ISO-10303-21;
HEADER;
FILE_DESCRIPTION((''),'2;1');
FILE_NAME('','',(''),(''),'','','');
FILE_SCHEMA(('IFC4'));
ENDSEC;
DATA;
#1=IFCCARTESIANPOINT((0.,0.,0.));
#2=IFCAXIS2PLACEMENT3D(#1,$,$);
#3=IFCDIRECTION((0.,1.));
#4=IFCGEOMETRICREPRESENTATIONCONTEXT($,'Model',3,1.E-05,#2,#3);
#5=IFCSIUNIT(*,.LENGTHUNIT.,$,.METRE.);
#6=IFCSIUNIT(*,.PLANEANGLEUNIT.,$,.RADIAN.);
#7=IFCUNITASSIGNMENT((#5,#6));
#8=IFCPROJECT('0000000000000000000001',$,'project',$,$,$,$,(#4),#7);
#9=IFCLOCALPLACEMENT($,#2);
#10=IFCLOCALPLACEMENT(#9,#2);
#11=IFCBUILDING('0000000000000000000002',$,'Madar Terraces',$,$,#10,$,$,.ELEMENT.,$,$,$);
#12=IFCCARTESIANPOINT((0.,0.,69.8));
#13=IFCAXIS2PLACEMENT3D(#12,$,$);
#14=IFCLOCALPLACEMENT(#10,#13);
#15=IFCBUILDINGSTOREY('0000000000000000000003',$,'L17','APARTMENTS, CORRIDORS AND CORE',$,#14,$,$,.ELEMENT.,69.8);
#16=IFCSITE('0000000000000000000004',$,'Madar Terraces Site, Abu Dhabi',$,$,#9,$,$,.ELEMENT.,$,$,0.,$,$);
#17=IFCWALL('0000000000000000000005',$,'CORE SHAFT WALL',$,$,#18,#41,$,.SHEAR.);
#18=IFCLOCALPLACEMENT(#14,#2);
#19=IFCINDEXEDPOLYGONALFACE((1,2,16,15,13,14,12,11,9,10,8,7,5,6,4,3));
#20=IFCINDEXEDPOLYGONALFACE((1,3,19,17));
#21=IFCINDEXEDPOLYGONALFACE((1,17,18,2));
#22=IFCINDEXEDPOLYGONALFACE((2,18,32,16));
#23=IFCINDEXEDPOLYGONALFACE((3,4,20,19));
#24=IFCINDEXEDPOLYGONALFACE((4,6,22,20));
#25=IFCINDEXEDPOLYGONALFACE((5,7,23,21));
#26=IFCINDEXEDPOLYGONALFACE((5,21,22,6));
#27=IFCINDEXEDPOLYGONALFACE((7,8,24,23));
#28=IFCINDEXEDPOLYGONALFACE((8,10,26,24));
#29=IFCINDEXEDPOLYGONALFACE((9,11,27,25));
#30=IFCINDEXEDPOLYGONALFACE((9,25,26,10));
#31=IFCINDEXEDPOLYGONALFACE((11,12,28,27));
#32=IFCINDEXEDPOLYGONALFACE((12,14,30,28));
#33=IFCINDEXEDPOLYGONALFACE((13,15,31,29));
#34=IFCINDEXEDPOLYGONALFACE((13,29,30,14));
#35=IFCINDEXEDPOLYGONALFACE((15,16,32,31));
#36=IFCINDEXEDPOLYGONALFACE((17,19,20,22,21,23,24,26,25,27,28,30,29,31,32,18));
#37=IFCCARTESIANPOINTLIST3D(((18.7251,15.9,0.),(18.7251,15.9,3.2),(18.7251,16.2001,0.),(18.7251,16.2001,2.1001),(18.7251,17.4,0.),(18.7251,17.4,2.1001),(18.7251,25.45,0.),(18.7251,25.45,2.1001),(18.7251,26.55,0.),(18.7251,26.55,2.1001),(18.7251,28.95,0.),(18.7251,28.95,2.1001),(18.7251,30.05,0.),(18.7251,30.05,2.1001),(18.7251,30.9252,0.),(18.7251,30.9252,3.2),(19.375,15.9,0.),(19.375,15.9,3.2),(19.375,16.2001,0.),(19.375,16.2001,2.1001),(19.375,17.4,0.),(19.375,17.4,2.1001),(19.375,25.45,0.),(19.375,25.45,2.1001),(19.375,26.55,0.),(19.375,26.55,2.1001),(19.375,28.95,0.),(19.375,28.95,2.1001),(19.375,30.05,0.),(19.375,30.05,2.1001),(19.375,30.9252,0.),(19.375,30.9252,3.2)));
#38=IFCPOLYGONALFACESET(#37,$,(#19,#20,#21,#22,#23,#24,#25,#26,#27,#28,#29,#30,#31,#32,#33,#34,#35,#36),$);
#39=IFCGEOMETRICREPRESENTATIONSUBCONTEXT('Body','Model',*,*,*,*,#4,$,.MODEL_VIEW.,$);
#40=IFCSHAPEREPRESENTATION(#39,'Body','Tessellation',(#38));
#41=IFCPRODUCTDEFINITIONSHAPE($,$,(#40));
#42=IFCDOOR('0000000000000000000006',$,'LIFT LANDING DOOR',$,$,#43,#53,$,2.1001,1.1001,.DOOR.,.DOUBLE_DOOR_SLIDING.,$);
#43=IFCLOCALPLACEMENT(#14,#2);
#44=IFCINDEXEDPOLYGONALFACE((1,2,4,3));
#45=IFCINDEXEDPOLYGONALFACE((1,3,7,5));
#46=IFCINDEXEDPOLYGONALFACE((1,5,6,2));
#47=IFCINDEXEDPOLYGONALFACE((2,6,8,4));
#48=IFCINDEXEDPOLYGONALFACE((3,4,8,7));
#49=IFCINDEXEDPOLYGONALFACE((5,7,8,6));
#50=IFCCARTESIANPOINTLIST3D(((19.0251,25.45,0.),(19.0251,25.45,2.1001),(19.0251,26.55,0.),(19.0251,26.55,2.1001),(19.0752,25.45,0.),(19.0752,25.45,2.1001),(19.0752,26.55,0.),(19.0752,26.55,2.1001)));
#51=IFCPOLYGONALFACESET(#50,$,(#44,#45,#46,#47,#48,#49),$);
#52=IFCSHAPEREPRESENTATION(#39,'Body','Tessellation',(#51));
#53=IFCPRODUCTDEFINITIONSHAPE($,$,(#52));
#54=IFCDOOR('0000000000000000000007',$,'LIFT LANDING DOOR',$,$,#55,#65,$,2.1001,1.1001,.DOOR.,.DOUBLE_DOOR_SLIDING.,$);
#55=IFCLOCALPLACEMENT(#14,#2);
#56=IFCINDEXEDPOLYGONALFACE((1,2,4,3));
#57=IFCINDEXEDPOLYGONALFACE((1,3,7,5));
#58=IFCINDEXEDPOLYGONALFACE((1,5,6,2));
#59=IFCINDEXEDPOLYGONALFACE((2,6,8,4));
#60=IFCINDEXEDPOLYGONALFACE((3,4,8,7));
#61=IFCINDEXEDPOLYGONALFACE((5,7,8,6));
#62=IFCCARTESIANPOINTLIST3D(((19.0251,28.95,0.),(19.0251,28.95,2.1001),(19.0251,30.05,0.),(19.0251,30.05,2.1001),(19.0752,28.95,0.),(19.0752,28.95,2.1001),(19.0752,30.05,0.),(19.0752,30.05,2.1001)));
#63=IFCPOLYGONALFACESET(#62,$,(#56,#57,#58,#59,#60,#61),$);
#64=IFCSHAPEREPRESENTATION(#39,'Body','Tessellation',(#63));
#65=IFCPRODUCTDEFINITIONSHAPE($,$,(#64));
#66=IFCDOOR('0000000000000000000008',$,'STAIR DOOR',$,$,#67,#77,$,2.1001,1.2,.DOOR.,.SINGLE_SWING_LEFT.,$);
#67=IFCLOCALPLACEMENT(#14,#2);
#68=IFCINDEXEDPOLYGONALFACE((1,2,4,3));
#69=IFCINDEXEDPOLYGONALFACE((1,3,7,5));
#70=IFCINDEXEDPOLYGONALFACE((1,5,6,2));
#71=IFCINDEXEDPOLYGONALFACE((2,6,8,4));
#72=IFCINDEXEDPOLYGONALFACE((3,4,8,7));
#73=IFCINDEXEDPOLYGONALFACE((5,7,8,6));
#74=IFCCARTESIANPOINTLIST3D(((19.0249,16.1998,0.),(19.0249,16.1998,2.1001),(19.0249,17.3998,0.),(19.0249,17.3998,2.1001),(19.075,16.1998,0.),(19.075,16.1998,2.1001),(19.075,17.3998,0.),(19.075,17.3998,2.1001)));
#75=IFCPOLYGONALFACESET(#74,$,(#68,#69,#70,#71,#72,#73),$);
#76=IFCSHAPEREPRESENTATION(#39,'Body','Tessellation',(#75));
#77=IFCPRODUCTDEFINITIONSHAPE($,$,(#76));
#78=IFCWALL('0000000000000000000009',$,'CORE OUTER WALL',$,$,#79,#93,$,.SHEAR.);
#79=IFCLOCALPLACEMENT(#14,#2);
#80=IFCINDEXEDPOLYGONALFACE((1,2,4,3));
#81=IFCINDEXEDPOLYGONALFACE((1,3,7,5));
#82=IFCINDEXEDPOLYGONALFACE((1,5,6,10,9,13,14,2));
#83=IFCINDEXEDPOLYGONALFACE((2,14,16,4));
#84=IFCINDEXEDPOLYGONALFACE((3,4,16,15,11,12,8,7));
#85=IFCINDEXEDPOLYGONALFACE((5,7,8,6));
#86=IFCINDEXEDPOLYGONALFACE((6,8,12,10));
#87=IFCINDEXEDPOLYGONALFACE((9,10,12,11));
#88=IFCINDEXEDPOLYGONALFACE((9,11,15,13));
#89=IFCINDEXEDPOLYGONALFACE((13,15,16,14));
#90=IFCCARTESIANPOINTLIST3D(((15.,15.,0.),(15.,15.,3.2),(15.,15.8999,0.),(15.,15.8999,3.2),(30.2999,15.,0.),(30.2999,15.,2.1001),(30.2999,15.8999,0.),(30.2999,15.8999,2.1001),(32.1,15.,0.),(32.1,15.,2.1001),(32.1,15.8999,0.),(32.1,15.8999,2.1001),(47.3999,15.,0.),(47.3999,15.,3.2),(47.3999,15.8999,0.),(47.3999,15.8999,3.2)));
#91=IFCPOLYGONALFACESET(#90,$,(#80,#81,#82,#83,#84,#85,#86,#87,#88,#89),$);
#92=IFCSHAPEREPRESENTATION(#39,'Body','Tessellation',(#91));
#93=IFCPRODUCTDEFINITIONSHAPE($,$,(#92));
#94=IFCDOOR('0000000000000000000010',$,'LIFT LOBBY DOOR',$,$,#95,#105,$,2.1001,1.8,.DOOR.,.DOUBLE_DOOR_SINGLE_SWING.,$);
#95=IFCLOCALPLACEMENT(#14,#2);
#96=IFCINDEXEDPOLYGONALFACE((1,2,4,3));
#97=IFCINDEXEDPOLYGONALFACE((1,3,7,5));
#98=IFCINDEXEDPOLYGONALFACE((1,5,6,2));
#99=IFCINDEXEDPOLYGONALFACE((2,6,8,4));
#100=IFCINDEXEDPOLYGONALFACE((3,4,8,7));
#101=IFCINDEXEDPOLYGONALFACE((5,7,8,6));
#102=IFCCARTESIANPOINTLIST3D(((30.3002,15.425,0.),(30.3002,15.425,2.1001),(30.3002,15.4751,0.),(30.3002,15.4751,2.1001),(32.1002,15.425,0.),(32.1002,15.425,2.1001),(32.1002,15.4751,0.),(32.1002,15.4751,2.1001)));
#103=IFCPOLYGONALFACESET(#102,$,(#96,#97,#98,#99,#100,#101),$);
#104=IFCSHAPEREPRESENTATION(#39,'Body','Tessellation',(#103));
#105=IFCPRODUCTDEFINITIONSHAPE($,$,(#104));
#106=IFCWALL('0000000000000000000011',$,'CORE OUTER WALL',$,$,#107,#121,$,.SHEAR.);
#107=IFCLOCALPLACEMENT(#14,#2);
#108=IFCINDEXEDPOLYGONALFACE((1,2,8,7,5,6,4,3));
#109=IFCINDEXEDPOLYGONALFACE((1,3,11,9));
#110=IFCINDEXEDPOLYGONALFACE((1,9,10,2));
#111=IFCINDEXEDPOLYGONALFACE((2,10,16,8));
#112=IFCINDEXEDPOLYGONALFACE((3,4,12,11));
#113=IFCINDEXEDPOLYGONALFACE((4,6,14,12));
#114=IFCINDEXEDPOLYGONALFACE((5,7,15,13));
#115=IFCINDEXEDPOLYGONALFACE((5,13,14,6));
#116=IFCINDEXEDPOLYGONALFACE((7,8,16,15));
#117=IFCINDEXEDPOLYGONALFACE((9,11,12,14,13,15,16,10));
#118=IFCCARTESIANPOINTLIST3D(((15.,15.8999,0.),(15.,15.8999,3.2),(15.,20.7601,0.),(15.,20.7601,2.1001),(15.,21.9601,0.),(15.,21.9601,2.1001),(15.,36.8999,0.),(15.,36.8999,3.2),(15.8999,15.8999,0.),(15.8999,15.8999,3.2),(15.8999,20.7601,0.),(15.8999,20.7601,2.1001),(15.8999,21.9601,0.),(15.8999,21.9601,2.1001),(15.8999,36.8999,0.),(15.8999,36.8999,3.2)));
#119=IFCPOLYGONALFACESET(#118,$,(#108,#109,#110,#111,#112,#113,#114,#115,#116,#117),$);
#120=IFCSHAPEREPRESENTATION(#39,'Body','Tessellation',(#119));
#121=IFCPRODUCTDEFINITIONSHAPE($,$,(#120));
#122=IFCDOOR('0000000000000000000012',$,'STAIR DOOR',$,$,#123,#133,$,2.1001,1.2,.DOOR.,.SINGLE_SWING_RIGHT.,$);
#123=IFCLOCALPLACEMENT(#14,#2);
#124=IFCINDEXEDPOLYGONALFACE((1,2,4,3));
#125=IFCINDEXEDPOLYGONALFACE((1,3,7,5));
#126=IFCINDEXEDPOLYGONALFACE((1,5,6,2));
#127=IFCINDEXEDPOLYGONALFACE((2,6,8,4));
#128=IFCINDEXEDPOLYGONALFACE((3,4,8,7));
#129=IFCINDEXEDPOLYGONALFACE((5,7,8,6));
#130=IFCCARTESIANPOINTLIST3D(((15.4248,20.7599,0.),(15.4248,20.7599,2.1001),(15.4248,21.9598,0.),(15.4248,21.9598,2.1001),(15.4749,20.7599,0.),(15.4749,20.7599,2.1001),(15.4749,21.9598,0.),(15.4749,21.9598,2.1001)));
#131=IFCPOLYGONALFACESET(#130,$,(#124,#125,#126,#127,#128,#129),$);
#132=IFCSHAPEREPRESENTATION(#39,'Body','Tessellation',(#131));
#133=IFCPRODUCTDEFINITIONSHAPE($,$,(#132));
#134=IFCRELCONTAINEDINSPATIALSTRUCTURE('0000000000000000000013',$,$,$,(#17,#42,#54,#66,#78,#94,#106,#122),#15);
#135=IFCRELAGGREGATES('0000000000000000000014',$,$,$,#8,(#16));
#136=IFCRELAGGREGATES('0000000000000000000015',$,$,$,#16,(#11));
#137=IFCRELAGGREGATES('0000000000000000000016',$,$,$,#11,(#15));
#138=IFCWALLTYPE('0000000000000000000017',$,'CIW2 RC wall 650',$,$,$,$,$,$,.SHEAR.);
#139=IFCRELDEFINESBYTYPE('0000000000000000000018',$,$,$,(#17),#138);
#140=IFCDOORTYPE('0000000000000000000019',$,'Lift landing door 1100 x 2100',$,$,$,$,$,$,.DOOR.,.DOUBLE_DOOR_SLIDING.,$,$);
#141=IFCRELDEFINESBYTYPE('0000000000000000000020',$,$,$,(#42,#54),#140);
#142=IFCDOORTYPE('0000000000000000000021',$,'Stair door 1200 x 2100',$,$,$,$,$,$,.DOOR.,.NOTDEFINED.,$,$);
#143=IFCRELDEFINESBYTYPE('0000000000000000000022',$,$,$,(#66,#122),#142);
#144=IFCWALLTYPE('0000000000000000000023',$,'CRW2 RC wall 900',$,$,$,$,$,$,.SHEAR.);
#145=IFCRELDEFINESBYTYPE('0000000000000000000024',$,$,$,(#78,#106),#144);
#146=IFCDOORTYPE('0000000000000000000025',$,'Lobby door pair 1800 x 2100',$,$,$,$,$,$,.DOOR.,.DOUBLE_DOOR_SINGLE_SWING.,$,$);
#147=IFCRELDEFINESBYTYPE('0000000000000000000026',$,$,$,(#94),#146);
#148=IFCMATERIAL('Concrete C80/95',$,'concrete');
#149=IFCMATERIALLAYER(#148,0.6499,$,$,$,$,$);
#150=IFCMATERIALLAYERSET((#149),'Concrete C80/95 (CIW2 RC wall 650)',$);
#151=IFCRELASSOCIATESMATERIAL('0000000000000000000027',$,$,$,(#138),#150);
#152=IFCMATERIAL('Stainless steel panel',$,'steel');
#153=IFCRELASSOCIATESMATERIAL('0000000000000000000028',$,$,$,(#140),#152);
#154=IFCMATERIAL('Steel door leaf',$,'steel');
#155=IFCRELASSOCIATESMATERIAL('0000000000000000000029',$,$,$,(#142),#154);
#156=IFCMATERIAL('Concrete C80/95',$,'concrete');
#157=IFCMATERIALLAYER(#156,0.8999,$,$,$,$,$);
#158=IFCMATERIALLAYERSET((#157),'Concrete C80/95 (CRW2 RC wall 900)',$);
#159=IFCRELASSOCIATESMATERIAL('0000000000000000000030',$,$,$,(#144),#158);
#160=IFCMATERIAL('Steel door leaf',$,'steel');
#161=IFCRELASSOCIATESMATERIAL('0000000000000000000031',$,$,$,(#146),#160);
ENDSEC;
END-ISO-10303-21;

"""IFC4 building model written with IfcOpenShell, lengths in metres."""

from ifc_helpers import new_model, si_unit, direction, frame, frame_2d, origin, place, context, subcontext, project, spatial, rectangle, extrude, material, layer, layer_set, type_object, element, fill, save


model = new_model("IFC4")

# Units and contexts
model_context = context("Model", 3, precision=1e-05, world=origin(), true_north=direction((0.0, 1.0)))
body_context = subcontext(model_context, "Body", "Model", "MODEL_VIEW")
ifc_project = project(units=[si_unit("LENGTHUNIT", "METRE"), si_unit("PLANEANGLEUNIT", "RADIAN")], contexts=[model_context])

# Site, building, storey
site_placement = place(None, origin())
site = spatial("IfcSite", under=ifc_project, at=site_placement, Name="Madar Terraces Site, Abu Dhabi", CompositionType="ELEMENT", RefElevation=0.0)
building_placement = place(site_placement, origin())
building = spatial("IfcBuilding", under=site, at=building_placement, Name="Madar Terraces", CompositionType="ELEMENT")
storey_placement = place(building_placement, frame((0.0, 0.0, 69.8)))
storey = spatial("IfcBuildingStorey", under=building, at=storey_placement, Name="L17", Description="APARTMENTS, CORRIDORS AND CORE", CompositionType="ELEMENT", Elevation=69.8)

# Wall, openings, doors
ifc_material_1 = material(Name="Concrete C80/95", Category="concrete")
ifc_layer_1 = layer(ifc_material_1, 0.6499)
ifc_layer_set_1 = layer_set([ifc_layer_1], Name="Concrete C80/95 (CIW2 RC wall 650)")
wall_type_1 = type_object("IfcWallType", Name="CIW2 RC wall 650", PredefinedType="SHEAR", material=ifc_layer_set_1)
wall_1_placement = place(storey_placement, frame((19.05, 15.8999, 0.0), z_axis=(0.0, 0.0, 1.0), x_axis=(0.0, 1.0, 0.0)))
wall_1 = element("IfcWall", 1, at=wall_1_placement, inside=storey, type_object=wall_type_1, Name="CORE SHAFT WALL", PredefinedType="SHEAR", context=body_context, shape_type="SweptSolid", body=[
    extrude(rectangle(XDim=15.0251, YDim=0.6499, at=frame_2d((7.5127, 0.0))), origin(), (0.0, 0.0, 1.0), 3.2),
])
opening_1_placement = place(wall_1_placement, frame((9.55, 0.0, 0.0)))
opening_1 = element("IfcOpeningElement", 2, at=opening_1_placement, cuts=wall_1, PredefinedType="OPENING", context=body_context, shape_type="SweptSolid", body=[
    extrude(rectangle(XDim=1.1001, YDim=2.1001, at=frame_2d((0.55, 1.05))), frame((0.0, 0.335, 0.0), z_axis=(0.0, -1.0, 0.0), x_axis=(1.0, 0.0, 0.0)), (0.0, 0.0, 1.0), 0.6699),
])
opening_2_placement = place(wall_1_placement, frame((13.05, 0.0, 0.0)))
opening_2 = element("IfcOpeningElement", 3, at=opening_2_placement, cuts=wall_1, PredefinedType="OPENING", context=body_context, shape_type="SweptSolid", body=[
    extrude(rectangle(XDim=1.1001, YDim=2.1001, at=frame_2d((0.55, 1.05))), frame((0.0, 0.335, 0.0), z_axis=(0.0, -1.0, 0.0), x_axis=(1.0, 0.0, 0.0)), (0.0, 0.0, 1.0), 0.6699),
])
opening_3_placement = place(wall_1_placement, frame((0.3, 0.0, 0.0)))
opening_3 = element("IfcOpeningElement", 4, at=opening_3_placement, cuts=wall_1, PredefinedType="OPENING", context=body_context, shape_type="SweptSolid", body=[
    extrude(rectangle(XDim=1.2, YDim=2.1001, at=frame_2d((0.6001, 1.05))), frame((0.0, 0.335, 0.0), z_axis=(0.0, -1.0, 0.0), x_axis=(1.0, 0.0, 0.0)), (0.0, 0.0, 1.0), 0.6699),
])
ifc_material_2 = material(Name="Stainless steel panel", Category="steel")
door_type_1 = type_object("IfcDoorType", Name="Lift landing door 1100 x 2100", OperationType="DOUBLE_DOOR_SLIDING", PredefinedType="DOOR", material=ifc_material_2)
door_1_placement = place(opening_1_placement, origin())
door_1 = element("IfcDoor", 5, at=door_1_placement, inside=storey, type_object=door_type_1, Name="LIFT LANDING DOOR", OperationType="DOUBLE_DOOR_SLIDING", OverallHeight=2.1001, OverallWidth=1.1001, PredefinedType="DOOR", context=body_context, shape_type="SweptSolid", body=[
    extrude(rectangle(XDim=1.1001, YDim=2.1001, at=frame_2d((0.55, 1.05))), frame((0.0, 0.0249, 0.0), z_axis=(0.0, -1.0, 0.0), x_axis=(1.0, 0.0, 0.0)), (0.0, 0.0, 1.0), 0.05),
])
fill(opening_1, door_1)
door_2_placement = place(opening_2_placement, origin())
door_2 = element("IfcDoor", 6, at=door_2_placement, inside=storey, type_object=door_type_1, Name="LIFT LANDING DOOR", OperationType="DOUBLE_DOOR_SLIDING", OverallHeight=2.1001, OverallWidth=1.1001, PredefinedType="DOOR", context=body_context, shape_type="SweptSolid", body=[
    extrude(rectangle(XDim=1.1001, YDim=2.1001, at=frame_2d((0.55, 1.05))), frame((0.0, 0.0249, 0.0), z_axis=(0.0, -1.0, 0.0), x_axis=(1.0, 0.0, 0.0)), (0.0, 0.0, 1.0), 0.05),
])
fill(opening_2, door_2)
ifc_material_3 = material(Name="Steel door leaf", Category="steel")
door_type_2 = type_object("IfcDoorType", Name="Stair door 1200 x 2100", OperationType="NOTDEFINED", PredefinedType="DOOR", material=ifc_material_3)
door_3_placement = place(opening_3_placement, frame((1.2, 0.0, 0.0), z_axis=(0.0, 0.0, 1.0), x_axis=(-1.0, 0.0, 0.0)))
door_3 = element("IfcDoor", 7, at=door_3_placement, inside=storey, type_object=door_type_2, Name="STAIR DOOR", OperationType="SINGLE_SWING_LEFT", OverallHeight=2.1001, OverallWidth=1.2, PredefinedType="DOOR", context=body_context, shape_type="SweptSolid", body=[
    extrude(rectangle(XDim=1.2, YDim=2.1001, at=frame_2d((0.6001, 1.05))), frame((0.0, 0.0249, 0.0), z_axis=(0.0, -1.0, 0.0), x_axis=(1.0, 0.0, 0.0)), (0.0, 0.0, 1.0), 0.05),
])
fill(opening_3, door_3)

# Walls, openings, doors
ifc_material_4 = material(Name="Concrete C80/95", Category="concrete")
ifc_layer_2 = layer(ifc_material_4, 0.8999)
ifc_layer_set_2 = layer_set([ifc_layer_2], Name="Concrete C80/95 (CRW2 RC wall 900)")
wall_type_2 = type_object("IfcWallType", Name="CRW2 RC wall 900", PredefinedType="SHEAR", material=ifc_layer_set_2)
wall_2_placement = place(storey_placement, frame((15.0, 15.45, 0.0), z_axis=(0.0, 0.0, 1.0), x_axis=(1.0, 0.0, 0.0)))
wall_2 = element("IfcWall", 8, at=wall_2_placement, inside=storey, type_object=wall_type_2, Name="CORE OUTER WALL", PredefinedType="SHEAR", context=body_context, shape_type="SweptSolid", body=[
    extrude(rectangle(XDim=32.3999, YDim=0.8999, at=frame_2d((16.2, 0.0))), origin(), (0.0, 0.0, 1.0), 3.2),
])
opening_4_placement = place(wall_2_placement, frame((15.3, 0.0, 0.0)))
opening_4 = element("IfcOpeningElement", 9, at=opening_4_placement, cuts=wall_2, PredefinedType="OPENING", context=body_context, shape_type="SweptSolid", body=[
    extrude(rectangle(XDim=1.8, YDim=2.1001, at=frame_2d((0.8999, 1.05))), frame((0.0, 0.46, 0.0), z_axis=(0.0, -1.0, 0.0), x_axis=(1.0, 0.0, 0.0)), (0.0, 0.0, 1.0), 0.9199),
])
ifc_material_5 = material(Name="Steel door leaf", Category="steel")
door_type_3 = type_object("IfcDoorType", Name="Lobby door pair 1800 x 2100", OperationType="DOUBLE_DOOR_SINGLE_SWING", PredefinedType="DOOR", material=ifc_material_5)
door_4_placement = place(opening_4_placement, frame((1.8, 0.0, 0.0), z_axis=(0.0, 0.0, 1.0), x_axis=(-1.0, 0.0, 0.0)))
door_4 = element("IfcDoor", 10, at=door_4_placement, inside=storey, type_object=door_type_3, Name="LIFT LOBBY DOOR", OperationType="DOUBLE_DOOR_SINGLE_SWING", OverallHeight=2.1001, OverallWidth=1.8, PredefinedType="DOOR", context=body_context, shape_type="SweptSolid", body=[
    extrude(rectangle(XDim=1.8, YDim=2.1001, at=frame_2d((0.8999, 1.05))), frame((0.0, 0.0249, 0.0), z_axis=(0.0, -1.0, 0.0), x_axis=(1.0, 0.0, 0.0)), (0.0, 0.0, 1.0), 0.05),
])
fill(opening_4, door_4)
wall_3_placement = place(storey_placement, frame((15.45, 15.8999, 0.0), z_axis=(0.0, 0.0, 1.0), x_axis=(0.0, 1.0, 0.0)))
wall_3 = element("IfcWall", 11, at=wall_3_placement, inside=storey, type_object=wall_type_2, Name="CORE OUTER WALL", PredefinedType="SHEAR", context=body_context, shape_type="SweptSolid", body=[
    extrude(rectangle(XDim=21.0, YDim=0.8999, at=frame_2d((10.5, 0.0))), origin(), (0.0, 0.0, 1.0), 3.2),
])
opening_5_placement = place(wall_3_placement, frame((4.8601, 0.0, 0.0)))
opening_5 = element("IfcOpeningElement", 12, at=opening_5_placement, cuts=wall_3, PredefinedType="OPENING", context=body_context, shape_type="SweptSolid", body=[
    extrude(rectangle(XDim=1.2, YDim=2.1001, at=frame_2d((0.6001, 1.05))), frame((0.0, 0.46, 0.0), z_axis=(0.0, -1.0, 0.0), x_axis=(1.0, 0.0, 0.0)), (0.0, 0.0, 1.0), 0.9199),
])
door_5_placement = place(opening_5_placement, frame((1.2, 0.0, 0.0), z_axis=(0.0, 0.0, 1.0), x_axis=(-1.0, 0.0, 0.0)))
door_5 = element("IfcDoor", 13, at=door_5_placement, inside=storey, type_object=door_type_2, Name="STAIR DOOR", OperationType="SINGLE_SWING_RIGHT", OverallHeight=2.1001, OverallWidth=1.2, PredefinedType="DOOR", context=body_context, shape_type="SweptSolid", body=[
    extrude(rectangle(XDim=1.2, YDim=2.1001, at=frame_2d((0.6001, 1.05))), frame((0.0, 0.0249, 0.0), z_axis=(0.0, -1.0, 0.0), x_axis=(1.0, 0.0, 0.0)), (0.0, 0.0, 1.0), 0.05),
])
fill(opening_5, door_5)

save(model, "model.ifc")
